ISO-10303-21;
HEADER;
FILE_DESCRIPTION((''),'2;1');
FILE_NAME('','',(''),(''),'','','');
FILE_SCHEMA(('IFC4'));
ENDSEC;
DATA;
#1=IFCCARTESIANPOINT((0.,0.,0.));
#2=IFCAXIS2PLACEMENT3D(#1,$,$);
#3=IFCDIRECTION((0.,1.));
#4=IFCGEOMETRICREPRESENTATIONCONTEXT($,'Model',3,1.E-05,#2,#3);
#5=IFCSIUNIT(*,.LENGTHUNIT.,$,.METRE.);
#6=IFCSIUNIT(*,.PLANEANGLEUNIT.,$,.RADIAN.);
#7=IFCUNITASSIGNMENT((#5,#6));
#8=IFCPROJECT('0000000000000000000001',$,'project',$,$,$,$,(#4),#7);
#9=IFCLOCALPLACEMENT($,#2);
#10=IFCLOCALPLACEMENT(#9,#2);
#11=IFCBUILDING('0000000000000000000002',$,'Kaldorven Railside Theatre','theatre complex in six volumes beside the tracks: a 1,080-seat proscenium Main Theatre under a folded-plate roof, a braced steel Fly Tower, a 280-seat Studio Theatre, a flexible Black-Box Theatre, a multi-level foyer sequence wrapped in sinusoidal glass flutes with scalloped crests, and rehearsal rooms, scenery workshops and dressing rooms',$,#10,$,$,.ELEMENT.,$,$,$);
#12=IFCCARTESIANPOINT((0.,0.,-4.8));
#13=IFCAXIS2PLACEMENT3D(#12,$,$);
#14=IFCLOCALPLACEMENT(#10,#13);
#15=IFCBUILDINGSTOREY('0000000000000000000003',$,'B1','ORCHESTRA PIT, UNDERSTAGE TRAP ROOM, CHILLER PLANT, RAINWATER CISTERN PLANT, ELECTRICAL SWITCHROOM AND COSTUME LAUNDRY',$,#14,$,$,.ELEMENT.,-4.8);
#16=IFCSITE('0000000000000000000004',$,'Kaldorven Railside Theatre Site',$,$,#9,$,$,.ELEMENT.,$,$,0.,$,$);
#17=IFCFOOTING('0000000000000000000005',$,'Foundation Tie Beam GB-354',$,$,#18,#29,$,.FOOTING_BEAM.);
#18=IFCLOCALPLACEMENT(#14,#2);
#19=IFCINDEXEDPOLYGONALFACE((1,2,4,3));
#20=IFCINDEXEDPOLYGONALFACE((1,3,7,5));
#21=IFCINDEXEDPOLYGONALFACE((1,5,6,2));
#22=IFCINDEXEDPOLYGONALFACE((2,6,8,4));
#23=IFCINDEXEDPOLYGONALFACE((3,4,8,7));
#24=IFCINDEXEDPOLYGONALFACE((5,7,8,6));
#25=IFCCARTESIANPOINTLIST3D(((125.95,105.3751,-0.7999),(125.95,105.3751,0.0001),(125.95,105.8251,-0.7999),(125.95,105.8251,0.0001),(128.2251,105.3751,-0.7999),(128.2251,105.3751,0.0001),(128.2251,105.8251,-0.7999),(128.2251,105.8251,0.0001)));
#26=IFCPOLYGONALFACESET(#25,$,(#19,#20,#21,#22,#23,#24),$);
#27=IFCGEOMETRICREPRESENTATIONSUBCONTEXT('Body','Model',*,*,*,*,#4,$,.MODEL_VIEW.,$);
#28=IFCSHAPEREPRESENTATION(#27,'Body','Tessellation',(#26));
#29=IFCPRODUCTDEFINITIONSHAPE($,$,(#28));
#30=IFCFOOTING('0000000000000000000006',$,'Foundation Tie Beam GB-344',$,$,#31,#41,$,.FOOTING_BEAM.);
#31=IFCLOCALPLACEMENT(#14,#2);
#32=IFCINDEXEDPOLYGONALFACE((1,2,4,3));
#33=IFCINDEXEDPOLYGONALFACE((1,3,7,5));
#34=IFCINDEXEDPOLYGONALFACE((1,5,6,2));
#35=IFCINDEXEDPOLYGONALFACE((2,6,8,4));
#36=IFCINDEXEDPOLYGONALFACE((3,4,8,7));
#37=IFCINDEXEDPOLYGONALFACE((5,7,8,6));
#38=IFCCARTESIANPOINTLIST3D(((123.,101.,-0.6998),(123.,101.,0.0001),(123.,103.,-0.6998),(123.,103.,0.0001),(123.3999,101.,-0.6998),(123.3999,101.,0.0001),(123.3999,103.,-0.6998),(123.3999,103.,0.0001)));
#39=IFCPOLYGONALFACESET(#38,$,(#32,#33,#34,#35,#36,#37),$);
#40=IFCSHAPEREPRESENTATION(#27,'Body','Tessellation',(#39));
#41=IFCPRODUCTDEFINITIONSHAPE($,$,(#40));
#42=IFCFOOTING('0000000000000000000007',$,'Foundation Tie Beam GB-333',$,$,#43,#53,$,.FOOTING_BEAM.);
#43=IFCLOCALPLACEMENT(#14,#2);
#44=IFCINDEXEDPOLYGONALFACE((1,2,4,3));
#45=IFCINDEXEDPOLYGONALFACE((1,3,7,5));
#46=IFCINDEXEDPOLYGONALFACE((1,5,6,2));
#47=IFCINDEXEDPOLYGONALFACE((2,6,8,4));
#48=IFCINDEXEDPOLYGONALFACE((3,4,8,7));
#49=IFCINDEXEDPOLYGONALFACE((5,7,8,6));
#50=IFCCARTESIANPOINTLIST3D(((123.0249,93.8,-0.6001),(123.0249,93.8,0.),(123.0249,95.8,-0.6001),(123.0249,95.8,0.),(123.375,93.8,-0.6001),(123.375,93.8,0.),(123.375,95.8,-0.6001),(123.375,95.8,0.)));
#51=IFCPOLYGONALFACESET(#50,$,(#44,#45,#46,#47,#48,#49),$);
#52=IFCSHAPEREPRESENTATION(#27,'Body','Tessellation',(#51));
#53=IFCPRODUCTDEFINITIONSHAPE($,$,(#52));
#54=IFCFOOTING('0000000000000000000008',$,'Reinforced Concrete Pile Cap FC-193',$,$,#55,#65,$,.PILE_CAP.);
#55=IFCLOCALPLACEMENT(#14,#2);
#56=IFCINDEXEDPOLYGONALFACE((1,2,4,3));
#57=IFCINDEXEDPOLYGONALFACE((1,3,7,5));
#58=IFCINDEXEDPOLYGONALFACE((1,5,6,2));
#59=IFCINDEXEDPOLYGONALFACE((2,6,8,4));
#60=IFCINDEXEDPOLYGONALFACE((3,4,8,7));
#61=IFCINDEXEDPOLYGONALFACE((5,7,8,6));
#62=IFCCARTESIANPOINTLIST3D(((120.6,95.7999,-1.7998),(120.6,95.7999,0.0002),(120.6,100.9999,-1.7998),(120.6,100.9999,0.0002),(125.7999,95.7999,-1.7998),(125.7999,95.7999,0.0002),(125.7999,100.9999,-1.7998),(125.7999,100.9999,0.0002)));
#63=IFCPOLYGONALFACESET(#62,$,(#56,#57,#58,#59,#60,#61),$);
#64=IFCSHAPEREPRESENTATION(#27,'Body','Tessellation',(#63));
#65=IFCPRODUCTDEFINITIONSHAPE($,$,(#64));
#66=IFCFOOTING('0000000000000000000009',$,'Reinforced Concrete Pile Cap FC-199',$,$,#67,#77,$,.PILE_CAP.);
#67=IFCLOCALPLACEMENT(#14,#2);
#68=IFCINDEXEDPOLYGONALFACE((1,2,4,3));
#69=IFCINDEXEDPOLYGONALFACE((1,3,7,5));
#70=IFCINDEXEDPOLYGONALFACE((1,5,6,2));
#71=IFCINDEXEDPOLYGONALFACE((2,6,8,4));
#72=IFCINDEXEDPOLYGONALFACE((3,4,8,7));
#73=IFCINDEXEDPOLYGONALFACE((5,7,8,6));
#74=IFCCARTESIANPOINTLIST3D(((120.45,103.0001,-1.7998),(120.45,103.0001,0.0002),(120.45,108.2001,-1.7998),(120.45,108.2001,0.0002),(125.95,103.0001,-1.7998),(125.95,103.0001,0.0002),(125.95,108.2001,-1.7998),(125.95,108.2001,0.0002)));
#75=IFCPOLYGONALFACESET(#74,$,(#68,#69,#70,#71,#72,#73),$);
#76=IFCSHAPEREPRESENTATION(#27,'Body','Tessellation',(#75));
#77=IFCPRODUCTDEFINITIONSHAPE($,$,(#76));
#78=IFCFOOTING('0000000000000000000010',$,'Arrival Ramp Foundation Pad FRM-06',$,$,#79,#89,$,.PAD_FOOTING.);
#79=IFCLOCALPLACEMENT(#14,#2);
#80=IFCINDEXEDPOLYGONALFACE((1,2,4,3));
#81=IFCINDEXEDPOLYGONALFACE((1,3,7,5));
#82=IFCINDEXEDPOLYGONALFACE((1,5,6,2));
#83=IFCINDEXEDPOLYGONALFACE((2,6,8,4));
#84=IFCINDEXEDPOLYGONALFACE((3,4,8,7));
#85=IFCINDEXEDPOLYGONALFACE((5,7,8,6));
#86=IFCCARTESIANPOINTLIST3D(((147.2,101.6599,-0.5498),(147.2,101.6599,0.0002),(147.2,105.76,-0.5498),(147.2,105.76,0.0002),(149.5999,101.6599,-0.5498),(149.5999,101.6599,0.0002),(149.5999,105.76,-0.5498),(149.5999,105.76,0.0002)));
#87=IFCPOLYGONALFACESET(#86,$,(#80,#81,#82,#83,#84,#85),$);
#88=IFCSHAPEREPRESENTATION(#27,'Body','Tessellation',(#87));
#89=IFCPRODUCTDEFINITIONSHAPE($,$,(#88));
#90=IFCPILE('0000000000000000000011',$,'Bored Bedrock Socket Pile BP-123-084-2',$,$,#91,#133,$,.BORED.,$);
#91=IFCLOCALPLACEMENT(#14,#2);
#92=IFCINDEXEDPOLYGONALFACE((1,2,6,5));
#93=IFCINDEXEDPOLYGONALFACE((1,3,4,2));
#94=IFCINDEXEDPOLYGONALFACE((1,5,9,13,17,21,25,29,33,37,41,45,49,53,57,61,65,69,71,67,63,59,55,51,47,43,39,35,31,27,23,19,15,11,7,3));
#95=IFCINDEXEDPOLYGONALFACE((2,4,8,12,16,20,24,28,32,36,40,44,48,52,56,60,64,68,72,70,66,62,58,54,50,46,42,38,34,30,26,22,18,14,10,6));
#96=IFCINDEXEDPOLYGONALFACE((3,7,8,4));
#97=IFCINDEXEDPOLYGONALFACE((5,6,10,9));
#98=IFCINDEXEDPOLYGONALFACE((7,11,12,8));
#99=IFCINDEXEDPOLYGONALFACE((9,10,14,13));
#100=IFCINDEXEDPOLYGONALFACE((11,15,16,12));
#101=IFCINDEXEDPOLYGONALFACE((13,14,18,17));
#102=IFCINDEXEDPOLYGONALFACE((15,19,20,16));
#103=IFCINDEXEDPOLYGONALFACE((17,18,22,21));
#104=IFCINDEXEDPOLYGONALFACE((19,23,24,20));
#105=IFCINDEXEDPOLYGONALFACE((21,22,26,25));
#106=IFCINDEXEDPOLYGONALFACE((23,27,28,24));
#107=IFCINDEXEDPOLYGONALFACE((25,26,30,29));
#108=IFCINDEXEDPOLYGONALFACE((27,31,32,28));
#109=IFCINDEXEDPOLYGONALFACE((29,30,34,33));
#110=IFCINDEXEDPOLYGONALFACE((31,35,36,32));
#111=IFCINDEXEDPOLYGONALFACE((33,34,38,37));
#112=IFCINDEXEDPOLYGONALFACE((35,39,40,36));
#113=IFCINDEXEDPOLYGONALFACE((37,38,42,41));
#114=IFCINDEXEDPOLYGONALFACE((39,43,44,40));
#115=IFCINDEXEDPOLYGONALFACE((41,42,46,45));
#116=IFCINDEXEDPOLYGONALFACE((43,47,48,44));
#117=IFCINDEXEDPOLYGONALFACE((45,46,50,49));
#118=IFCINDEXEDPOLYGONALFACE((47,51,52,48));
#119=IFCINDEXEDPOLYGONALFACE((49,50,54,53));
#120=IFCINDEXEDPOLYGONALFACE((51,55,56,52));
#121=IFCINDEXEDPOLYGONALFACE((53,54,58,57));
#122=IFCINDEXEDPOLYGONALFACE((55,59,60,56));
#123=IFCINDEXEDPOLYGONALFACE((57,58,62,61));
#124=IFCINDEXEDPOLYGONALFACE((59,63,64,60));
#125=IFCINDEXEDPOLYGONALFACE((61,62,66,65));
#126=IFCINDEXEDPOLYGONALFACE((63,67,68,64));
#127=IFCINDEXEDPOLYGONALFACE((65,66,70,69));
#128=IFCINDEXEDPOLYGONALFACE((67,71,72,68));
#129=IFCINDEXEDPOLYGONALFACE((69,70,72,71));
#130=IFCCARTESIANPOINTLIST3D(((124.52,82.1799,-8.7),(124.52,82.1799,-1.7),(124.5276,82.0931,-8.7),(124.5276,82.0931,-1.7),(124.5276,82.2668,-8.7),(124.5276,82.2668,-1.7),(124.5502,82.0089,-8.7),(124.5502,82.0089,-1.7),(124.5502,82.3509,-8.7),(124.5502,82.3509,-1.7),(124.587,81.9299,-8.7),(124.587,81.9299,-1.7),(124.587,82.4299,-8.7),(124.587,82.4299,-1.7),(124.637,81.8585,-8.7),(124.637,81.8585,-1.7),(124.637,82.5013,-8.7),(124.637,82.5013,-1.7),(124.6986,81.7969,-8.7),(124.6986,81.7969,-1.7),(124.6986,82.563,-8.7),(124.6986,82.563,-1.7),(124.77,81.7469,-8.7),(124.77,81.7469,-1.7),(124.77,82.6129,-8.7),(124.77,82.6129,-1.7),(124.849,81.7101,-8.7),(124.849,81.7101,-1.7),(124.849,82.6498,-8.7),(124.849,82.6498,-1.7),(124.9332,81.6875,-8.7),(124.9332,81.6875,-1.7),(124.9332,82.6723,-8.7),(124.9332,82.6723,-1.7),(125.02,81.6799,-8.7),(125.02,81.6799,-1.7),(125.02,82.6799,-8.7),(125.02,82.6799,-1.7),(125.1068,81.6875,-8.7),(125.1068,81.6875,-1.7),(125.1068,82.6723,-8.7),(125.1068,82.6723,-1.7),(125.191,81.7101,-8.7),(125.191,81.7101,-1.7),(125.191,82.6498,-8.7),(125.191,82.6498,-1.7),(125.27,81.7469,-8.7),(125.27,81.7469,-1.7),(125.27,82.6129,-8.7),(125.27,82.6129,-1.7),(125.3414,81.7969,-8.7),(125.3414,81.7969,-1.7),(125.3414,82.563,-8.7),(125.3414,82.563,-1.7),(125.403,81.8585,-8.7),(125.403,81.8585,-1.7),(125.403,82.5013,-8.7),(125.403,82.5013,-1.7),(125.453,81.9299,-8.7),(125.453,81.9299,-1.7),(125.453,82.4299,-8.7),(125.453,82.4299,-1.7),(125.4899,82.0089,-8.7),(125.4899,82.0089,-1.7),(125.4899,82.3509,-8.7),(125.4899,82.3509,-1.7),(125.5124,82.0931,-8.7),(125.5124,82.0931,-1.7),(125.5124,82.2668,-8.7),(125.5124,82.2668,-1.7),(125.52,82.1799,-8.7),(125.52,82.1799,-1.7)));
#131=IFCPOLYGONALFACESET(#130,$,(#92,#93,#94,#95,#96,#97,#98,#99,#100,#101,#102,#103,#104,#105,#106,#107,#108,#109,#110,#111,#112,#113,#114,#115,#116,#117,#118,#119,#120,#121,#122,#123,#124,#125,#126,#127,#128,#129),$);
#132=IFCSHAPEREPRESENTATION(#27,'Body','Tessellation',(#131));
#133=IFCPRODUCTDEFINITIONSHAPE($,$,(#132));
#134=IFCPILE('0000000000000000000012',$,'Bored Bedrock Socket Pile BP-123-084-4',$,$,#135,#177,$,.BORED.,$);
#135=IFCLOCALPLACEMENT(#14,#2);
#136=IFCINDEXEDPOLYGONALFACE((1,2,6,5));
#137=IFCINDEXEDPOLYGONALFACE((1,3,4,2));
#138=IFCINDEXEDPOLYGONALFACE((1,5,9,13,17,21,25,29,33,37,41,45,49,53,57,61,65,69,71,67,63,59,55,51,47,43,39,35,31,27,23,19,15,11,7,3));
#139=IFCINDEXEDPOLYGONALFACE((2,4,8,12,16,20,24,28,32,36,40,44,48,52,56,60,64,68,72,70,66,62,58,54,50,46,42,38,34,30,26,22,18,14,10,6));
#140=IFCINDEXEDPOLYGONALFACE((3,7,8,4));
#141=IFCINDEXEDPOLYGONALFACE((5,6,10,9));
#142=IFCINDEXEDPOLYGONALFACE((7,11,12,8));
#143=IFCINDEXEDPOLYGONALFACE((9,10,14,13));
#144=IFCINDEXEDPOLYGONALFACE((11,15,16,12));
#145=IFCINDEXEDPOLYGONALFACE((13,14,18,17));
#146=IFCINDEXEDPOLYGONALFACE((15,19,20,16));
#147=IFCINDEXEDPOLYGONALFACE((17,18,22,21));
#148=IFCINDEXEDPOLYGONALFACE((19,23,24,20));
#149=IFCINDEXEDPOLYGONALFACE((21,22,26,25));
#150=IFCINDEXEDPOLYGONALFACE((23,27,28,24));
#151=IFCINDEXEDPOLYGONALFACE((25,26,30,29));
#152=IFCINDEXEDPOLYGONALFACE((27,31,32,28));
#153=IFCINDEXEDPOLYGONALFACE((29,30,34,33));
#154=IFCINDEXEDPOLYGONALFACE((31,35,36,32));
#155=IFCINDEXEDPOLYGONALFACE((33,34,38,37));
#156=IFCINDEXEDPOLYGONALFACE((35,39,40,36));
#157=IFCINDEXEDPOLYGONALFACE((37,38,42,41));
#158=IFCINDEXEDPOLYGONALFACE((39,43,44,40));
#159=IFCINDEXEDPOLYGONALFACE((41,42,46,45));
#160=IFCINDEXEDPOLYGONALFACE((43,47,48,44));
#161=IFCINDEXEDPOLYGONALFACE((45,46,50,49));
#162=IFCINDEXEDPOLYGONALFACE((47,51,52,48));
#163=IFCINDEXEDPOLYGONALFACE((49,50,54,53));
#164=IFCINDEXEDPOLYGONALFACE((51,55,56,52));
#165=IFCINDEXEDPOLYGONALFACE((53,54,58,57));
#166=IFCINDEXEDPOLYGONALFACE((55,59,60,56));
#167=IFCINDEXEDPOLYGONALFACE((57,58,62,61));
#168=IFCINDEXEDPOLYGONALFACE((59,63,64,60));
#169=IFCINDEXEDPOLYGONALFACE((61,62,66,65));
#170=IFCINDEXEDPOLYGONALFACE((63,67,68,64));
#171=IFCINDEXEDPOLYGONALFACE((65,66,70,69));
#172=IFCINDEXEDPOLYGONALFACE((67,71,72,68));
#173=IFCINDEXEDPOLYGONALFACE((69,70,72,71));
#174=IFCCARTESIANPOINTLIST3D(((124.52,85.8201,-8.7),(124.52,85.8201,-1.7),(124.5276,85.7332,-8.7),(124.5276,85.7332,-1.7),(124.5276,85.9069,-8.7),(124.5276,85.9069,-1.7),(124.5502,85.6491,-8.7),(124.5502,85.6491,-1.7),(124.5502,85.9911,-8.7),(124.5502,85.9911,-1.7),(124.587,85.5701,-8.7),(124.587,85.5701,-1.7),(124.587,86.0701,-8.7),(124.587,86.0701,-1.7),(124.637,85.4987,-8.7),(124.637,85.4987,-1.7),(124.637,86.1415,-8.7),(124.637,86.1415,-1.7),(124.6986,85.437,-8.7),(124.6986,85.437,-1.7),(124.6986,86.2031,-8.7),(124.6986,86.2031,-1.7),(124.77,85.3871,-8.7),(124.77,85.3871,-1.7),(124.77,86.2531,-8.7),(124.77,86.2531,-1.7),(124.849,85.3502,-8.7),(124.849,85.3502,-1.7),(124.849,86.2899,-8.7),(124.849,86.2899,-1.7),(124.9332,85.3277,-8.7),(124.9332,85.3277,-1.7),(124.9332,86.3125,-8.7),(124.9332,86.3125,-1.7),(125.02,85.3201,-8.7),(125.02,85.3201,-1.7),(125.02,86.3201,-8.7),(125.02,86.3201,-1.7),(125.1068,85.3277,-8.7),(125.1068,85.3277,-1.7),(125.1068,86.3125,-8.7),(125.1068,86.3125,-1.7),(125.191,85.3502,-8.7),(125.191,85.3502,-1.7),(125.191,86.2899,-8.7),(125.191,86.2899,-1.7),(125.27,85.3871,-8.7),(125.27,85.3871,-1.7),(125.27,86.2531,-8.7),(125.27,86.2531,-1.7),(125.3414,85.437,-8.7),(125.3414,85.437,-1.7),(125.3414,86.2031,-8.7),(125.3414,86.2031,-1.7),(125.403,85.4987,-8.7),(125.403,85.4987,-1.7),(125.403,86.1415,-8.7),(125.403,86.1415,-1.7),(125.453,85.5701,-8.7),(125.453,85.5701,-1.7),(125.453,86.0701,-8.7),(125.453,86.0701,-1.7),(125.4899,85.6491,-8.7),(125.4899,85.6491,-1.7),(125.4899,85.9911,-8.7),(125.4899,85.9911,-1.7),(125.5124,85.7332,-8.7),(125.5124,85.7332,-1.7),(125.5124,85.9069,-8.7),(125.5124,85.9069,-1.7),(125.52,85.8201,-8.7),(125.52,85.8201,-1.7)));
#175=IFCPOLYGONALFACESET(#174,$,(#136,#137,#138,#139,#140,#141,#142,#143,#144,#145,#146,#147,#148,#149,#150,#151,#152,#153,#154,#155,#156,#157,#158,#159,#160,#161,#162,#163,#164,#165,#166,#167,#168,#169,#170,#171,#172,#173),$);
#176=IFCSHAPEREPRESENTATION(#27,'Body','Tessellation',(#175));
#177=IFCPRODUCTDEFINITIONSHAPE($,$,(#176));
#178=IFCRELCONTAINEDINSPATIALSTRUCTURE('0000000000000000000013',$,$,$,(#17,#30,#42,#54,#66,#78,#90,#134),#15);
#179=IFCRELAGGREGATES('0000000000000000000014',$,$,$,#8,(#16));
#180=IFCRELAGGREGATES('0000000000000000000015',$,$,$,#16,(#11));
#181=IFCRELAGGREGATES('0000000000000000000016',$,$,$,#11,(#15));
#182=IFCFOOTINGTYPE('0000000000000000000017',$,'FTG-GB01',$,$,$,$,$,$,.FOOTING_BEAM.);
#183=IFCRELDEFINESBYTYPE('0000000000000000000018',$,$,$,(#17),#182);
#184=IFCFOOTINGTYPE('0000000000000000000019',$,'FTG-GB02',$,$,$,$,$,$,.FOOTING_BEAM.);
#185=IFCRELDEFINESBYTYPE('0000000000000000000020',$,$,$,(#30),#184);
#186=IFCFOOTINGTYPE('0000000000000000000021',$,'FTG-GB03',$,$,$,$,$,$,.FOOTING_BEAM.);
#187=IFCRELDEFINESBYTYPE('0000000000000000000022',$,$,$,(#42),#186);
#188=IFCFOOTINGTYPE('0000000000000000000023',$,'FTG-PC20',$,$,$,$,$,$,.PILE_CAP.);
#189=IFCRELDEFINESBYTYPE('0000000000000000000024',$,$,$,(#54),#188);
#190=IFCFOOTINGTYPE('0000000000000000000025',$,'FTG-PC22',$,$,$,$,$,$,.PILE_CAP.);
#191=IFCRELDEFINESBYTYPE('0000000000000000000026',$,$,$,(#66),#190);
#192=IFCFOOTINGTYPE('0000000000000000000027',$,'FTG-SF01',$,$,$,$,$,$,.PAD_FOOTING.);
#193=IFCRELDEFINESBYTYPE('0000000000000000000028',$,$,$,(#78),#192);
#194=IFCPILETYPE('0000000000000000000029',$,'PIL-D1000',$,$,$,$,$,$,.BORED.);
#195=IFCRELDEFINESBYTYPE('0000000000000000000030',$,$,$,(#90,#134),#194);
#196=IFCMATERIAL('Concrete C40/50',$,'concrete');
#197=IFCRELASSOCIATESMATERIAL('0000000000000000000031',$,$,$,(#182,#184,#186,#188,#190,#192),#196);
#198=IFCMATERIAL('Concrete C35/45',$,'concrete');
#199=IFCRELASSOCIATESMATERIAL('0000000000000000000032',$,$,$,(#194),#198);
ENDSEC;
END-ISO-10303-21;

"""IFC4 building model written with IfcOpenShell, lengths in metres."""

from ifc_helpers import new_model, si_unit, direction, frame, origin, origin_2d, place, context, subcontext, project, spatial, rectangle, circle, extrude, material, material_profile, profile_set, type_object, element, save


model = new_model("IFC4")

# Units and contexts
model_context = context("Model", 3, precision=1e-05, world=origin(), true_north=direction((0.0, 1.0)))
body_context = subcontext(model_context, "Body", "Model", "MODEL_VIEW")
ifc_project = project(units=[si_unit("LENGTHUNIT", "METRE"), si_unit("PLANEANGLEUNIT", "RADIAN")], contexts=[model_context])

# Site, building, storey
site_placement = place(None, origin())
site = spatial("IfcSite", under=ifc_project, at=site_placement, Name="Kaldorven Railside Theatre Site", CompositionType="ELEMENT", RefElevation=0.0)
building_placement = place(site_placement, origin())
building = spatial("IfcBuilding", under=site, at=building_placement, Name="Kaldorven Railside Theatre", Description="theatre complex in six volumes beside the tracks: a 1,080-seat proscenium Main Theatre under a folded-plate roof, a braced steel Fly Tower, a 280-seat Studio Theatre, a flexible Black-Box Theatre, a multi-level foyer sequence wrapped in sinusoidal glass flutes with scalloped crests, and rehearsal rooms, scenery workshops and dressing rooms", CompositionType="ELEMENT")
storey_placement = place(building_placement, frame((0.0, 0.0, -4.8)))
storey = spatial("IfcBuildingStorey", under=building, at=storey_placement, Name="B1", Description="ORCHESTRA PIT, UNDERSTAGE TRAP ROOM, CHILLER PLANT, RAINWATER CISTERN PLANT, ELECTRICAL SWITCHROOM AND COSTUME LAUNDRY", CompositionType="ELEMENT", Elevation=-4.8)

# Footings
ifc_material_1 = material(Name="Concrete C40/50", Category="concrete")
ifc_material_profile_1 = material_profile(ifc_material_1, rectangle(XDim=0.45, YDim=0.8, at=origin_2d()), Name="RC 450x800")
ifc_profile_set_1 = profile_set([ifc_material_profile_1], Name="Concrete C40/50")
footing_type_1 = type_object("IfcFootingType", Name="FTG-GB01", PredefinedType="FOOTING_BEAM", material=ifc_profile_set_1)
footing_1_placement = place(storey_placement, frame((125.95, 105.6001, -0.3999), z_axis=(1.0, 0.0, 0.0), x_axis=(0.0, 1.0, 0.0)))
element("IfcFooting", 1, at=footing_1_placement, inside=storey, type_object=footing_type_1, Name="Foundation Tie Beam GB-354", PredefinedType="FOOTING_BEAM", context=body_context, shape_type="SweptSolid", body=[
    extrude(rectangle(XDim=0.45, YDim=0.8, at=origin_2d()), origin(), (0.0, 0.0, 1.0), 2.2751),
])
ifc_material_profile_2 = material_profile(ifc_material_1, rectangle(XDim=0.3999, YDim=0.7, at=origin_2d()), Name="RC 400x700")
ifc_profile_set_2 = profile_set([ifc_material_profile_2], Name="Concrete C40/50")
footing_type_2 = type_object("IfcFootingType", Name="FTG-GB02", PredefinedType="FOOTING_BEAM", material=ifc_profile_set_2)
footing_2_placement = place(storey_placement, frame((123.2, 101.0, -0.3499), z_axis=(0.0, 1.0, 0.0), x_axis=(-1.0, 0.0, 0.0)))
element("IfcFooting", 2, at=footing_2_placement, inside=storey, type_object=footing_type_2, Name="Foundation Tie Beam GB-344", PredefinedType="FOOTING_BEAM", context=body_context, shape_type="SweptSolid", body=[
    extrude(rectangle(XDim=0.3999, YDim=0.7, at=origin_2d()), origin(), (0.0, 0.0, 1.0), 2.0),
])
ifc_material_profile_3 = material_profile(ifc_material_1, rectangle(XDim=0.3501, YDim=0.6001, at=origin_2d()), Name="RC 350x600")
ifc_profile_set_3 = profile_set([ifc_material_profile_3], Name="Concrete C40/50")
footing_type_3 = type_object("IfcFootingType", Name="FTG-GB03", PredefinedType="FOOTING_BEAM", material=ifc_profile_set_3)
footing_3_placement = place(storey_placement, frame((123.2, 93.8, -0.3), z_axis=(0.0, 1.0, 0.0), x_axis=(-1.0, 0.0, 0.0)))
element("IfcFooting", 3, at=footing_3_placement, inside=storey, type_object=footing_type_3, Name="Foundation Tie Beam GB-333", PredefinedType="FOOTING_BEAM", context=body_context, shape_type="SweptSolid", body=[
    extrude(rectangle(XDim=0.3501, YDim=0.6001, at=origin_2d()), origin(), (0.0, 0.0, 1.0), 2.0),
])
footing_type_4 = type_object("IfcFootingType", Name="FTG-PC20", PredefinedType="PILE_CAP", material=ifc_material_1)
footing_4_placement = place(storey_placement, frame((123.2, 98.3999, -1.7998), z_axis=(0.0, 0.0, 1.0), x_axis=(1.0, 0.0, 0.0)))
element("IfcFooting", 4, at=footing_4_placement, inside=storey, type_object=footing_type_4, Name="Reinforced Concrete Pile Cap FC-193", PredefinedType="PILE_CAP", context=body_context, shape_type="SweptSolid", body=[
    extrude(rectangle(XDim=5.2, YDim=5.2, at=origin_2d()), origin(), (0.0, 0.0, 1.0), 1.8),
])
footing_type_5 = type_object("IfcFootingType", Name="FTG-PC22", PredefinedType="PILE_CAP", material=ifc_material_1)
footing_5_placement = place(storey_placement, frame((123.2, 105.6001, -1.7998), z_axis=(0.0, 0.0, 1.0), x_axis=(1.0, 0.0, 0.0)))
element("IfcFooting", 5, at=footing_5_placement, inside=storey, type_object=footing_type_5, Name="Reinforced Concrete Pile Cap FC-199", PredefinedType="PILE_CAP", context=body_context, shape_type="SweptSolid", body=[
    extrude(rectangle(XDim=5.5, YDim=5.2, at=origin_2d()), origin(), (0.0, 0.0, 1.0), 1.8),
])
footing_type_6 = type_object("IfcFootingType", Name="FTG-SF01", PredefinedType="PAD_FOOTING", material=ifc_material_1)
footing_6_placement = place(storey_placement, frame((148.3999, 103.71, -0.5498), z_axis=(0.0, 0.0, 1.0), x_axis=(1.0, 0.0, 0.0)))
element("IfcFooting", 6, at=footing_6_placement, inside=storey, type_object=footing_type_6, Name="Arrival Ramp Foundation Pad FRM-06", PredefinedType="PAD_FOOTING", context=body_context, shape_type="SweptSolid", body=[
    extrude(rectangle(XDim=2.3999, YDim=4.1001, at=origin_2d()), origin(), (0.0, 0.0, 1.0), 0.55),
])

# Piles
ifc_material_2 = material(Name="Concrete C35/45", Category="concrete")
ifc_material_profile_4 = material_profile(ifc_material_2, circle(Radius=0.5, at=origin_2d()), Name="BP D1000")
ifc_profile_set_4 = profile_set([ifc_material_profile_4], Name="Concrete C35/45")
pile_type_1 = type_object("IfcPileType", Name="PIL-D1000", PredefinedType="BORED", material=ifc_profile_set_4)
for number, where, z_axis, x_axis, name in (
    (7, (125.02, 82.1799, -1.7), (0.0, 0.0, -1.0), (1.0, 0.0, 0.0), "Bored Bedrock Socket Pile BP-123-084-2"),
    (8, (125.02, 85.8201, -1.7), (0.0, 0.0, -1.0), (1.0, 0.0, 0.0), "Bored Bedrock Socket Pile BP-123-084-4"),
):
    element("IfcPile", number, at=place(storey_placement, frame(where, z_axis=z_axis, x_axis=x_axis)), inside=storey, type_object=pile_type_1, Name=name, PredefinedType="BORED", context=body_context, shape_type="SweptSolid", body=[
        extrude(circle(Radius=0.5, at=origin_2d()), origin(), (0.0, 0.0, 1.0), 7.0),
    ])

save(model, "model.ifc")
